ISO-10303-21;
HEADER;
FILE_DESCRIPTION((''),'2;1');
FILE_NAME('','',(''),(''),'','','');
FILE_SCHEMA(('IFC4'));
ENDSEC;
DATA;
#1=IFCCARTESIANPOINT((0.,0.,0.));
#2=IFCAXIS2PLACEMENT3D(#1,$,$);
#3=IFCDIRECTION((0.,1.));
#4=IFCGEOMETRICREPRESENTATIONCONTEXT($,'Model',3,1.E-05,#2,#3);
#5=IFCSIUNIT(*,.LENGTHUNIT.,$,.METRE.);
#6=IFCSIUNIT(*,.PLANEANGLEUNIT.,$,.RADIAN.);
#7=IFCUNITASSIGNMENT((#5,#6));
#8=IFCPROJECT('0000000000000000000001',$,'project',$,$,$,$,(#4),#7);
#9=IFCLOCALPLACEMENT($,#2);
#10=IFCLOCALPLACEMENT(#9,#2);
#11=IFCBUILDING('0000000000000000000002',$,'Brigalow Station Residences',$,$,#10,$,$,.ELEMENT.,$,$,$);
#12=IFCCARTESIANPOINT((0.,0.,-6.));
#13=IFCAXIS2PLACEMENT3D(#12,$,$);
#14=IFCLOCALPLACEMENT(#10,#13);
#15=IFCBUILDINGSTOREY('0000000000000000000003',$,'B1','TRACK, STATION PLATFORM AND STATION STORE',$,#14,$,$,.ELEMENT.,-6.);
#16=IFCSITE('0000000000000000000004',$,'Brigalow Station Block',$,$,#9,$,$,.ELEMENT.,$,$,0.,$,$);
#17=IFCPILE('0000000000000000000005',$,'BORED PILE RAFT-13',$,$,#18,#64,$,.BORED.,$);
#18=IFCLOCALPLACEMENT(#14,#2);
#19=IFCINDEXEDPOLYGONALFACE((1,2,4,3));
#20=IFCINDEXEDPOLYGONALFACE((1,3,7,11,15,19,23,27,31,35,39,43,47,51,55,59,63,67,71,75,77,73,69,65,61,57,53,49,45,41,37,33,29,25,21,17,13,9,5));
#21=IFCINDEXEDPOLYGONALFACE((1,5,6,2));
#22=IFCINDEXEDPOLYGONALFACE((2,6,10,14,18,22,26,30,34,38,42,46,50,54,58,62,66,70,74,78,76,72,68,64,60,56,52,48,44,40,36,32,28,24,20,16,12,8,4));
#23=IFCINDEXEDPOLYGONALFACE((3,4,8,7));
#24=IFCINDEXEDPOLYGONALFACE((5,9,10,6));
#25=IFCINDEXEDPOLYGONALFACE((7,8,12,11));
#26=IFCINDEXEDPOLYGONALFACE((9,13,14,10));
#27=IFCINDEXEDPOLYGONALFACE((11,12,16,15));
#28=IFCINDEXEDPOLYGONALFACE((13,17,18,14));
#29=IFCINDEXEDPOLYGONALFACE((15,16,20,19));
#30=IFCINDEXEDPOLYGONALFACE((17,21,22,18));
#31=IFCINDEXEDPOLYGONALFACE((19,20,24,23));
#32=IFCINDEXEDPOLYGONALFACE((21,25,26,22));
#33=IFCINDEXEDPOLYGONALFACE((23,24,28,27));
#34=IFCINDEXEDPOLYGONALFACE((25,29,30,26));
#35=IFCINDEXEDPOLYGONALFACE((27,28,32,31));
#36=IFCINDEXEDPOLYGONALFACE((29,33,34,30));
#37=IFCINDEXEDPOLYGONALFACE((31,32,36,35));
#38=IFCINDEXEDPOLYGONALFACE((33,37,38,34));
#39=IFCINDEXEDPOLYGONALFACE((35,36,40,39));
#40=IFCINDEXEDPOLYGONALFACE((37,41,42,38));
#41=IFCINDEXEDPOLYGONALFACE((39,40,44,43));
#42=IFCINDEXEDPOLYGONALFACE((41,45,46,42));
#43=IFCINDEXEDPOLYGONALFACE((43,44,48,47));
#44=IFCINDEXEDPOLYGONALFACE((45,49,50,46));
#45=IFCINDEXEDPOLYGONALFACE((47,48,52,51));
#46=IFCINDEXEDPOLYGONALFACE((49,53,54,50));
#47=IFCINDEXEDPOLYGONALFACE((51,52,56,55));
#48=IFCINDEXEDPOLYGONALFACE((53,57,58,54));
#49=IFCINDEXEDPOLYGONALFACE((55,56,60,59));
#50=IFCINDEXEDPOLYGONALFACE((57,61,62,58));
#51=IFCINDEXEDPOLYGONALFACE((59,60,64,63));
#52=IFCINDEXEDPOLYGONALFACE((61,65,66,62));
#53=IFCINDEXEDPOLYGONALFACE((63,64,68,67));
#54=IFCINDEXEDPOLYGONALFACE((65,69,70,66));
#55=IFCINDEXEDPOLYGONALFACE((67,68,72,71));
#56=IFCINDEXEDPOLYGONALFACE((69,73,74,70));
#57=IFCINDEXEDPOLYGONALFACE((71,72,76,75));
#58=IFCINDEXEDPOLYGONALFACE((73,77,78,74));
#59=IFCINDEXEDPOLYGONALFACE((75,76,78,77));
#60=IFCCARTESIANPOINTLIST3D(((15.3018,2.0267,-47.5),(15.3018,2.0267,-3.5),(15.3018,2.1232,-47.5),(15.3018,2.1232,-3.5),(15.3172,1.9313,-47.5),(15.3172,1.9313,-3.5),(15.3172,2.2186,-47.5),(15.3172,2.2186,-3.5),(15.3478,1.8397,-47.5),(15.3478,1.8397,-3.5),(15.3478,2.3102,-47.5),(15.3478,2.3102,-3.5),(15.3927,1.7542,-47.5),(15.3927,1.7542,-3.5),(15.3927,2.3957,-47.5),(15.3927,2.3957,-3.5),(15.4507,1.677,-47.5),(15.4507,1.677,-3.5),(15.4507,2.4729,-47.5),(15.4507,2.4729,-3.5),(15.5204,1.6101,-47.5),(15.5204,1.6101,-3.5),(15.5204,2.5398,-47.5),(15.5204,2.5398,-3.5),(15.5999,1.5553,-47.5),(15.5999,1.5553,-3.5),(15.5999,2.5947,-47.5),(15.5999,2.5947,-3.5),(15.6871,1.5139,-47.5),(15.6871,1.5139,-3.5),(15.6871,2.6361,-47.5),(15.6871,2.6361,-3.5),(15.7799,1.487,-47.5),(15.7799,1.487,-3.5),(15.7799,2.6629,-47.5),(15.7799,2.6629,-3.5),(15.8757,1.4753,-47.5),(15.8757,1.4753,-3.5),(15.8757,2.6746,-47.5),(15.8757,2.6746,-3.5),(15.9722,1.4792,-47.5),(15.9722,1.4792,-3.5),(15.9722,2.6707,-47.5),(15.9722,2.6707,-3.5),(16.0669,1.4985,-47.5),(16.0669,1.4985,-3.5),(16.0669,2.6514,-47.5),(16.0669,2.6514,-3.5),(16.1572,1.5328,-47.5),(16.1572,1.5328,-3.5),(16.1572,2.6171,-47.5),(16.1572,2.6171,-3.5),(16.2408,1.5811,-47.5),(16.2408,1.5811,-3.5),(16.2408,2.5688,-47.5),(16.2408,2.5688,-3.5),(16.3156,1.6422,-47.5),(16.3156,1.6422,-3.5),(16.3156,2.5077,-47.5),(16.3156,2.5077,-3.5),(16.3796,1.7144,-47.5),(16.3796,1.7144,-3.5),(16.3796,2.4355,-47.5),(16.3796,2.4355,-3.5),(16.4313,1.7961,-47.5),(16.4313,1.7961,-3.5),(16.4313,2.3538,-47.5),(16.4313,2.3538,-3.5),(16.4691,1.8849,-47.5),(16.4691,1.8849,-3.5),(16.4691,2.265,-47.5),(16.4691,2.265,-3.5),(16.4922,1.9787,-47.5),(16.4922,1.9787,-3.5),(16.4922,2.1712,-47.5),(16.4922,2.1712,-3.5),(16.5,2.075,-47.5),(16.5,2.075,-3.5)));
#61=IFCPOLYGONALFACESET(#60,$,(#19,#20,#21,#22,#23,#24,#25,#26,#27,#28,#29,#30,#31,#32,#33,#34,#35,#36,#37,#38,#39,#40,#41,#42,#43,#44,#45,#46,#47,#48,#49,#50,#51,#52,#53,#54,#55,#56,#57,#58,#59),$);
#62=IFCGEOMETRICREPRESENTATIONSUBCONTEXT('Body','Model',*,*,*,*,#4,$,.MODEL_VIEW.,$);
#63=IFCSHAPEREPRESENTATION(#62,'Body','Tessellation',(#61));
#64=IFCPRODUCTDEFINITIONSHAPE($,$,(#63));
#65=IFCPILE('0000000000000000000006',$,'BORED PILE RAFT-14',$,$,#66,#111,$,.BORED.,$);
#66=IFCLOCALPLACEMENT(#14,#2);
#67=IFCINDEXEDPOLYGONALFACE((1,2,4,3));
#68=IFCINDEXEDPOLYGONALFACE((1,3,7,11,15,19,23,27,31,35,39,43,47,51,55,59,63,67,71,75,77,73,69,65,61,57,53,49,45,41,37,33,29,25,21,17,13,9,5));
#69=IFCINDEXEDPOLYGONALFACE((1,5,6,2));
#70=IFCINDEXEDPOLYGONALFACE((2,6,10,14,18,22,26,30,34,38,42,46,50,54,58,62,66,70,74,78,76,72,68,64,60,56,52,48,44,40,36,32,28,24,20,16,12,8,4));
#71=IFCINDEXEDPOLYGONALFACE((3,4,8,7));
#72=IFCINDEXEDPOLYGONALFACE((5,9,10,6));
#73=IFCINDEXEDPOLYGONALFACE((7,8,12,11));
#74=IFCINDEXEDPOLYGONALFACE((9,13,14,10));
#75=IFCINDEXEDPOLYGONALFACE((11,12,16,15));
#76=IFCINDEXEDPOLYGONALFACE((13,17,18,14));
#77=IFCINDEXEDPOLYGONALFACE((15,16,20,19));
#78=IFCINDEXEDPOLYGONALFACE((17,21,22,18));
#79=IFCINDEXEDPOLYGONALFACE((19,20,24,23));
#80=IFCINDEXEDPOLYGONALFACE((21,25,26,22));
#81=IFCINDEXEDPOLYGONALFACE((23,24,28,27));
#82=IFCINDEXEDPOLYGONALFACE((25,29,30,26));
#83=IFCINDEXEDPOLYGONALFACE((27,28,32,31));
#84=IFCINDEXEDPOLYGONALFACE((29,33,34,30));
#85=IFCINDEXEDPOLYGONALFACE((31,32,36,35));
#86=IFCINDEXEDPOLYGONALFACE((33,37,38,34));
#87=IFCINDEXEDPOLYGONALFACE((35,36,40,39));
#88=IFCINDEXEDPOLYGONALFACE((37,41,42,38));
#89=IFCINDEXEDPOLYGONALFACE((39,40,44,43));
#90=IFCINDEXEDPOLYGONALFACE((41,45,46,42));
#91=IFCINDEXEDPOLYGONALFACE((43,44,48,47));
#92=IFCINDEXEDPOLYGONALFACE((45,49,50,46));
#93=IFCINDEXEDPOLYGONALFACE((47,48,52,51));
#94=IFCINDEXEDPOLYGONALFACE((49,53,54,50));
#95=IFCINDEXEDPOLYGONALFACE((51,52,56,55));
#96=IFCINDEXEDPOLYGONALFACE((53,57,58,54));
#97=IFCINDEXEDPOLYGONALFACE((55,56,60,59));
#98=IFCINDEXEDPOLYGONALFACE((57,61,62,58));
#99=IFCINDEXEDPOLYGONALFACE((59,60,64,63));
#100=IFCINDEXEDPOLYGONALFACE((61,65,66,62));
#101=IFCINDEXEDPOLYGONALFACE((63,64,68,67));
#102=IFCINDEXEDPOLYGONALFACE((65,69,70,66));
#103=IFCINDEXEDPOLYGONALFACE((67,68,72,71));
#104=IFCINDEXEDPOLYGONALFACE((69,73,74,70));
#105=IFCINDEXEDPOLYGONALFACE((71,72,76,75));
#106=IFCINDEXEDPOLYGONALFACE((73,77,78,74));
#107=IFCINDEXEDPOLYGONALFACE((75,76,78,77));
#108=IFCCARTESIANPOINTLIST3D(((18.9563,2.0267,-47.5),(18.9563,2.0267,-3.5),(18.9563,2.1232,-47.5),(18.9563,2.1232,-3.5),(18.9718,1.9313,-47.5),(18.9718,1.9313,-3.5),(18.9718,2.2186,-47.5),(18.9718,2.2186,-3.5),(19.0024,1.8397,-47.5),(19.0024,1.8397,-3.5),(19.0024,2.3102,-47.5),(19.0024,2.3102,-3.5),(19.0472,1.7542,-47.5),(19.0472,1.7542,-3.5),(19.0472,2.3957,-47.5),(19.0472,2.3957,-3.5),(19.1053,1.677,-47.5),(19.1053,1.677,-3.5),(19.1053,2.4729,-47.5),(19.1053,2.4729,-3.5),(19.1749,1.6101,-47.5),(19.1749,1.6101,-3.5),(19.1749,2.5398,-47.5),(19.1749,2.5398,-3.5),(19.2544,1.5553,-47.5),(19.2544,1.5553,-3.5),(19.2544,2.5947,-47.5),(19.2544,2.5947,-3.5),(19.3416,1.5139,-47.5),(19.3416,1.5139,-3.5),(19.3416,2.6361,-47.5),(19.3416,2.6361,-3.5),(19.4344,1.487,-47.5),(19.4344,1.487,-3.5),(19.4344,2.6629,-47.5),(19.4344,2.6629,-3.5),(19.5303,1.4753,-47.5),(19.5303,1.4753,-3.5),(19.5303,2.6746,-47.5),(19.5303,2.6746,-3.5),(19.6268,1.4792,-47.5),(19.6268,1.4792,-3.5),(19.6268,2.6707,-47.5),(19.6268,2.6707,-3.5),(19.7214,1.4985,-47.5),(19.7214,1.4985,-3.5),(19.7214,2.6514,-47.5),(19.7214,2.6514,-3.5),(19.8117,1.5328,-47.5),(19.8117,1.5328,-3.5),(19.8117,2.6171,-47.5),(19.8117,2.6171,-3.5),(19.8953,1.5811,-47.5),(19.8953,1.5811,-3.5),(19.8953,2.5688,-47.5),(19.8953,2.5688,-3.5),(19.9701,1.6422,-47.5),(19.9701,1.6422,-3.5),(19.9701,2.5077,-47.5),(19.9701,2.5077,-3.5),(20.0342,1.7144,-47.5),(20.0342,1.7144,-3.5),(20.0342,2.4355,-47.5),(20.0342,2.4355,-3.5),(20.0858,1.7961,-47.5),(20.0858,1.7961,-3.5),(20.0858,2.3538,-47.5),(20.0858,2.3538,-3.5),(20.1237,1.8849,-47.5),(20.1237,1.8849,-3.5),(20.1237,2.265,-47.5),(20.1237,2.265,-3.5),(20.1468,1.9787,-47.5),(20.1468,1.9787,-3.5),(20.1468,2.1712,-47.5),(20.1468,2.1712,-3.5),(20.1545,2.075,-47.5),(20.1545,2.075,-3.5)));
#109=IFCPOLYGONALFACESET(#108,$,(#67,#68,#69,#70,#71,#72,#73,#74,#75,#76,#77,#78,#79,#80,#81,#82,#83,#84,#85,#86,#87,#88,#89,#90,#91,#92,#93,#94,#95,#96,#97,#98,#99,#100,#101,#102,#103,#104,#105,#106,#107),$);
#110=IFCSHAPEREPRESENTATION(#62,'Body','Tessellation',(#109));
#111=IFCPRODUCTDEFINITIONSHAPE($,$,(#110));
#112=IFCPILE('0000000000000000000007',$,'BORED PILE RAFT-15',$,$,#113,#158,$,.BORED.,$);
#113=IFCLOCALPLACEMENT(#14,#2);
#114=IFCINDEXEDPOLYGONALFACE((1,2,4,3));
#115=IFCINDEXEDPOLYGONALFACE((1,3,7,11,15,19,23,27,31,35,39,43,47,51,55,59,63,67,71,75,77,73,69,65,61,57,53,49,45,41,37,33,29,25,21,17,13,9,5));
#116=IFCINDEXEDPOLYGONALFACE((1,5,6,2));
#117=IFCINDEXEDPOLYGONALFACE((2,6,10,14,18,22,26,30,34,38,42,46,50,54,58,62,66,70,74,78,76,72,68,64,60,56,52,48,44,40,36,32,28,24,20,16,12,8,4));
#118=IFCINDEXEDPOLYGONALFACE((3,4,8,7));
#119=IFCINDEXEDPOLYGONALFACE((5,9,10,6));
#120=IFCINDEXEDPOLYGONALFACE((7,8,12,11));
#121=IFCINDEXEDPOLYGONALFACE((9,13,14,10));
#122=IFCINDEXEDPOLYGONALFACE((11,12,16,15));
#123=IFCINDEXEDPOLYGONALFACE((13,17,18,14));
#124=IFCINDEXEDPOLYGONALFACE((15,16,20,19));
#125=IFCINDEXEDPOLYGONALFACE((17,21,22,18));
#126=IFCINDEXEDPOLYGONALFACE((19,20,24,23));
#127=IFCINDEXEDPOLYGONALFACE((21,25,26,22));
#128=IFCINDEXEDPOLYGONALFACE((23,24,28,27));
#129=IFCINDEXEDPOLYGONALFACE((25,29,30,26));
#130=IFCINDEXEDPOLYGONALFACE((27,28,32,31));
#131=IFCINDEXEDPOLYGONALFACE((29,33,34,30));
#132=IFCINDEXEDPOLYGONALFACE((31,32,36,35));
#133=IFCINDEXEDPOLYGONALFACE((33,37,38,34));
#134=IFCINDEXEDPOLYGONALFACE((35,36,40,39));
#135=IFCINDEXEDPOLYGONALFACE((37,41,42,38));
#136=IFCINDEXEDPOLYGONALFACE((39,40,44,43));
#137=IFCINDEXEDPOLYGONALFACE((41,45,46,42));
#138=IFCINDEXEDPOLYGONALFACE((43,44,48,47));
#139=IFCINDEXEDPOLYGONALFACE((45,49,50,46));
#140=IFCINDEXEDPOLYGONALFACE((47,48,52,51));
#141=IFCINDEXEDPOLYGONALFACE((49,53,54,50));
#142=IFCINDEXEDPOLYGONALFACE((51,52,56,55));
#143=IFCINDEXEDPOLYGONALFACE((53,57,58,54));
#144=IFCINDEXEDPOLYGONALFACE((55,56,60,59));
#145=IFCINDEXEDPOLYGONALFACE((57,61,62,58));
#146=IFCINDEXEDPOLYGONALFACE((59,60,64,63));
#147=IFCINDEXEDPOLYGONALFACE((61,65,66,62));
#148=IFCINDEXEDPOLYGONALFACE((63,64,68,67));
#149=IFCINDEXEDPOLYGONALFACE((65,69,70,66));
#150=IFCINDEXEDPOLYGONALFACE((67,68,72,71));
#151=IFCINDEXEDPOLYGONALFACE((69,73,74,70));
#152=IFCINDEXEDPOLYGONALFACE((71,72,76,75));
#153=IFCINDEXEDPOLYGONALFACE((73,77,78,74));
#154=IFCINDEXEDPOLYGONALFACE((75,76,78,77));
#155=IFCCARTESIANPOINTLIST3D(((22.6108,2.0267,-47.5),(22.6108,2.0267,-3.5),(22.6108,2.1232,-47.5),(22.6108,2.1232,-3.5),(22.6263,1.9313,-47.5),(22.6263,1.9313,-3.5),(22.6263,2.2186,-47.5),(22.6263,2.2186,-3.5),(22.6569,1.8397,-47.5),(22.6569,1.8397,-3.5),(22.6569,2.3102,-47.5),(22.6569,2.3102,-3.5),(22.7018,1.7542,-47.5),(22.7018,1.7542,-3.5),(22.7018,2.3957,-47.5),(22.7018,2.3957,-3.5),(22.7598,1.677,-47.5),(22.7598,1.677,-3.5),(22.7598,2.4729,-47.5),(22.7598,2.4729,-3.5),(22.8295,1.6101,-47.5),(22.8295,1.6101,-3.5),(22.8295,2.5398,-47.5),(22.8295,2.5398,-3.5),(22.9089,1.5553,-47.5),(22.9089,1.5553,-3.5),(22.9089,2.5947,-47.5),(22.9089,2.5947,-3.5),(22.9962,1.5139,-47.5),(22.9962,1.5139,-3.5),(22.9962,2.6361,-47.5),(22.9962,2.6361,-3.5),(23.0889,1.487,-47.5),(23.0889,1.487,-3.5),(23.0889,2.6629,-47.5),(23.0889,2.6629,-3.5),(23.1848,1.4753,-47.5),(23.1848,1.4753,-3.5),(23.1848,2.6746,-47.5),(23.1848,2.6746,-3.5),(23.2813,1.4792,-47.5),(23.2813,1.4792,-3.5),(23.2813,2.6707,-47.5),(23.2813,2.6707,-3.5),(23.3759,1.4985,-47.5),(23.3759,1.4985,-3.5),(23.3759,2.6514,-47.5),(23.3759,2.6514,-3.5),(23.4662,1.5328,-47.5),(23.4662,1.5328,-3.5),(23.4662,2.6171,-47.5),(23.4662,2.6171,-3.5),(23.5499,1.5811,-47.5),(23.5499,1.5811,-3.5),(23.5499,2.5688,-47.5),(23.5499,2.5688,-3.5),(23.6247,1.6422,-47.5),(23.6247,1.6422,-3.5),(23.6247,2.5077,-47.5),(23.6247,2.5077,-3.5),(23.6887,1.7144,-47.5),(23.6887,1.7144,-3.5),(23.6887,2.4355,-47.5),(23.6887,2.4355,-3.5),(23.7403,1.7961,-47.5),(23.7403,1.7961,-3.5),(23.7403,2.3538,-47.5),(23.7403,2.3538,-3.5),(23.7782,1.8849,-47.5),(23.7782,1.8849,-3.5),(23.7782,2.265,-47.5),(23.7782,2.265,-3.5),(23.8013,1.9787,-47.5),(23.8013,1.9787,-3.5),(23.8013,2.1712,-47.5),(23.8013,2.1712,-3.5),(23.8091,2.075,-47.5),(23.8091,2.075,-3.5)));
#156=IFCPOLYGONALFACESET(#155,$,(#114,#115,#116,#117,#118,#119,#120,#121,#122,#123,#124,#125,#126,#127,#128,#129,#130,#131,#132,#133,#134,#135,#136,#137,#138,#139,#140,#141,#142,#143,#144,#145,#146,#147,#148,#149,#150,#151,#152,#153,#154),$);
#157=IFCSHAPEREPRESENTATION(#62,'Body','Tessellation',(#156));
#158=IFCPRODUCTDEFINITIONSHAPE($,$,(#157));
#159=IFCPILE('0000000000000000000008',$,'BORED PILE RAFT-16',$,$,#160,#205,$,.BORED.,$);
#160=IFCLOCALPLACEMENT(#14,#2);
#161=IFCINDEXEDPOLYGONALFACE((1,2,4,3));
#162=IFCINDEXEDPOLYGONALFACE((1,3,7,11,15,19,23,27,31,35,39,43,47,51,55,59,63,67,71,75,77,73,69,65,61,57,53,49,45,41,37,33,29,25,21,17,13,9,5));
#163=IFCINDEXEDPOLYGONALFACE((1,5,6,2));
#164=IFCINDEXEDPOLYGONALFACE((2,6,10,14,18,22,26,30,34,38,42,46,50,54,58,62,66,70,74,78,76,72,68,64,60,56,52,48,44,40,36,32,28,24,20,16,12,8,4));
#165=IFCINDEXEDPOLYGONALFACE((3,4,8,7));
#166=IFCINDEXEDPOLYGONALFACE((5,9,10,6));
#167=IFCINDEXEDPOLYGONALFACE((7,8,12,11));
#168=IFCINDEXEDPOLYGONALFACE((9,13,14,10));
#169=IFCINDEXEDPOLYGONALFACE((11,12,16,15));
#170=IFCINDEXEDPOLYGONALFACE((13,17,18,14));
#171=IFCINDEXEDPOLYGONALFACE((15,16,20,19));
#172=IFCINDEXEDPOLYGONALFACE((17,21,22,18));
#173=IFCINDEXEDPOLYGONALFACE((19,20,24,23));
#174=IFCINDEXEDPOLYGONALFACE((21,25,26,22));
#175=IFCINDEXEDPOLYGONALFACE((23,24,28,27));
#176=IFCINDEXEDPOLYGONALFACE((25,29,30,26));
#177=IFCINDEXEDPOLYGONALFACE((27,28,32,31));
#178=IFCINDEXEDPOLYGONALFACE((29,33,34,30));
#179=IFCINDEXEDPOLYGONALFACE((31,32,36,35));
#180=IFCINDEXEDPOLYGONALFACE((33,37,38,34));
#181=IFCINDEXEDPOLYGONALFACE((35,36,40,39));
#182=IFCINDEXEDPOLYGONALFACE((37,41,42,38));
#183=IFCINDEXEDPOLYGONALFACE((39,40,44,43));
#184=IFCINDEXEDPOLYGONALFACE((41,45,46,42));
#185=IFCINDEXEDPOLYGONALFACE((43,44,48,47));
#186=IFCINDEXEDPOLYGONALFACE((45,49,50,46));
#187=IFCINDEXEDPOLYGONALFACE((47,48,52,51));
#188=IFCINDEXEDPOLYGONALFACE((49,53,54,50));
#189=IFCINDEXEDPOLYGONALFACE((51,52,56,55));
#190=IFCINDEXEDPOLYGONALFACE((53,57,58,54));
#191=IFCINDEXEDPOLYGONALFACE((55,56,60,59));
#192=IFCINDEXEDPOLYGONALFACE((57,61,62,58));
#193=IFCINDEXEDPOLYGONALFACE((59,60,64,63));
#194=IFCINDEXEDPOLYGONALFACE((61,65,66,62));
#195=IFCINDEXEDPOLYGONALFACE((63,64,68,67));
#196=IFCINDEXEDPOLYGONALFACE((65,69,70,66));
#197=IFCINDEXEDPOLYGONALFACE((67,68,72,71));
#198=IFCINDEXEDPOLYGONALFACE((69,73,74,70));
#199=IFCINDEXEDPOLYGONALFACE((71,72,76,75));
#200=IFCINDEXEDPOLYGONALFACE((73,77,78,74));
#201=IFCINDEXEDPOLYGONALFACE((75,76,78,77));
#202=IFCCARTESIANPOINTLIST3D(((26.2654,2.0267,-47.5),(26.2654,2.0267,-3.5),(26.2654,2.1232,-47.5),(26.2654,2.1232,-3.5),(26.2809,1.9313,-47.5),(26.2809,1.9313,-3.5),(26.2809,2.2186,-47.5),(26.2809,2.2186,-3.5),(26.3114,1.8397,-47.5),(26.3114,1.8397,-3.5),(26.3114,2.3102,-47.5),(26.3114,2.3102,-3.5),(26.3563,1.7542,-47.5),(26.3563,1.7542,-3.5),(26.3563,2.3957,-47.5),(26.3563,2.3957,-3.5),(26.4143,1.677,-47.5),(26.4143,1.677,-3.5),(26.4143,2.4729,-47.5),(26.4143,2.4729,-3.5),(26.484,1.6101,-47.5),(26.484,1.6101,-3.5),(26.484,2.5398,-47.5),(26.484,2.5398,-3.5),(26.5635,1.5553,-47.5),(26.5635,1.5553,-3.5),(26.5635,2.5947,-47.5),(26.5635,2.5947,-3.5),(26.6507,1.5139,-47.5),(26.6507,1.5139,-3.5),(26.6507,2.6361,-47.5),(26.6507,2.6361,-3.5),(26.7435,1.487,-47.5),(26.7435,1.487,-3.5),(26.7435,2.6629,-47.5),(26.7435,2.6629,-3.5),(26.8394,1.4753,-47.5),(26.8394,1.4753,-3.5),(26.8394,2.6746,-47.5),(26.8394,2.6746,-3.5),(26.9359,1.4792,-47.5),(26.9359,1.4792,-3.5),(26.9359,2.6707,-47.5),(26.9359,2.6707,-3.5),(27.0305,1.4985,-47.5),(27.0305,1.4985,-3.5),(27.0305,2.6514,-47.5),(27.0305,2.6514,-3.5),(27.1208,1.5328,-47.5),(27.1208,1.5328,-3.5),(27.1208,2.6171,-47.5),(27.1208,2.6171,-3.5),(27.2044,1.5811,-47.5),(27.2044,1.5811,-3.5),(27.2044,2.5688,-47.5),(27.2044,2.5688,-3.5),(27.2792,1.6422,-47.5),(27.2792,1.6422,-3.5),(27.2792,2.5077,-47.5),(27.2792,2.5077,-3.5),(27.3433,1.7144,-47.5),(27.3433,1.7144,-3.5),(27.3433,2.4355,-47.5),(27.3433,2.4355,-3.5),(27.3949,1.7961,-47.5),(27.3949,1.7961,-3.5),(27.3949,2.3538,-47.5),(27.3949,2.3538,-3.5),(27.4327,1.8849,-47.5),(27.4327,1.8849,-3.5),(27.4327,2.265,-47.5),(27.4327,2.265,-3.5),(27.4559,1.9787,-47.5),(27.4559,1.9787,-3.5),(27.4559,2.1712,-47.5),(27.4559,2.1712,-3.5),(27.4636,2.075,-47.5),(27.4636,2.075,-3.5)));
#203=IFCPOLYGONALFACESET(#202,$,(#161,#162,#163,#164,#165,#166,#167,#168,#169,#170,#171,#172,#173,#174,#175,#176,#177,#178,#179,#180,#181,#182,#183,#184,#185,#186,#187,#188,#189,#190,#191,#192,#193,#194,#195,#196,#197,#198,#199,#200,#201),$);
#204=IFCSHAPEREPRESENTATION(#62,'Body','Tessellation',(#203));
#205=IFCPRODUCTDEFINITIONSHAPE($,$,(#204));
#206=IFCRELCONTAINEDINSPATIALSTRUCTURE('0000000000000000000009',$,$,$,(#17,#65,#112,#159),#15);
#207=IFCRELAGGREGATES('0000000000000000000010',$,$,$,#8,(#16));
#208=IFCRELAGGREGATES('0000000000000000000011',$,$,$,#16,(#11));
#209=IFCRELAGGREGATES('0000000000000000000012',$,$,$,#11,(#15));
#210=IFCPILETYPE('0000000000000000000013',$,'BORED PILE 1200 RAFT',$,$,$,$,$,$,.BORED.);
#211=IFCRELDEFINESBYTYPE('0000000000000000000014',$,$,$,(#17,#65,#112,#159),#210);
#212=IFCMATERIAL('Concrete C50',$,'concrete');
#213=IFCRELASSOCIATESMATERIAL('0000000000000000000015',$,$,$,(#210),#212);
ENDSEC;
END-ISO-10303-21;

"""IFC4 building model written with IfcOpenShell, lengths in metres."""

from ifc_helpers import new_model, si_unit, direction, frame, origin, origin_2d, place, context, subcontext, project, spatial, circle, extrude, material, material_profile, profile_set, type_object, element, save


model = new_model("IFC4")

# Units and contexts
model_context = context("Model", 3, precision=1e-05, world=origin(), true_north=direction((0.0, 1.0)))
body_context = subcontext(model_context, "Body", "Model", "MODEL_VIEW")
ifc_project = project(units=[si_unit("LENGTHUNIT", "METRE"), si_unit("PLANEANGLEUNIT", "RADIAN")], contexts=[model_context])

# Site, building, storey
site_placement = place(None, origin())
site = spatial("IfcSite", under=ifc_project, at=site_placement, Name="Brigalow Station Block", CompositionType="ELEMENT", RefElevation=0.0)
building_placement = place(site_placement, origin())
building = spatial("IfcBuilding", under=site, at=building_placement, Name="Brigalow Station Residences", CompositionType="ELEMENT")
storey_placement = place(building_placement, frame((0.0, 0.0, -6.0)))
storey = spatial("IfcBuildingStorey", under=building, at=storey_placement, Name="B1", Description="TRACK, STATION PLATFORM AND STATION STORE", CompositionType="ELEMENT", Elevation=-6.0)

# Piles
ifc_material_1 = material(Name="Concrete C50", Category="concrete")
ifc_material_profile_1 = material_profile(ifc_material_1, circle(Radius=0.6001, at=origin_2d()), Name="BP1200")
ifc_profile_set_1 = profile_set([ifc_material_profile_1], Name="Concrete C50")
pile_type = type_object("IfcPileType", Name="BORED PILE 1200 RAFT", PredefinedType="BORED", material=ifc_profile_set_1)
for number, where, z_axis, x_axis, name in (
    (1, (15.8999, 2.075, -3.5), (0.0, 0.0, -1.0), (1.0, 0.0, 0.0), "BORED PILE RAFT-13"),
    (2, (19.5544, 2.075, -3.5), (0.0, 0.0, -1.0), (1.0, 0.0, 0.0), "BORED PILE RAFT-14"),
    (3, (23.209, 2.075, -3.5), (0.0, 0.0, -1.0), (1.0, 0.0, 0.0), "BORED PILE RAFT-15"),
    (4, (26.8635, 2.075, -3.5), (0.0, 0.0, -1.0), (1.0, 0.0, 0.0), "BORED PILE RAFT-16"),
):
    element("IfcPile", number, at=place(storey_placement, frame(where, z_axis=z_axis, x_axis=x_axis)), inside=storey, type_object=pile_type, Name=name, PredefinedType="BORED", context=body_context, shape_type="SweptSolid", body=[
        extrude(circle(Radius=0.6001, at=origin_2d()), origin(), (0.0, 0.0, 1.0), 44.0),
    ])

save(model, "model.ifc")
